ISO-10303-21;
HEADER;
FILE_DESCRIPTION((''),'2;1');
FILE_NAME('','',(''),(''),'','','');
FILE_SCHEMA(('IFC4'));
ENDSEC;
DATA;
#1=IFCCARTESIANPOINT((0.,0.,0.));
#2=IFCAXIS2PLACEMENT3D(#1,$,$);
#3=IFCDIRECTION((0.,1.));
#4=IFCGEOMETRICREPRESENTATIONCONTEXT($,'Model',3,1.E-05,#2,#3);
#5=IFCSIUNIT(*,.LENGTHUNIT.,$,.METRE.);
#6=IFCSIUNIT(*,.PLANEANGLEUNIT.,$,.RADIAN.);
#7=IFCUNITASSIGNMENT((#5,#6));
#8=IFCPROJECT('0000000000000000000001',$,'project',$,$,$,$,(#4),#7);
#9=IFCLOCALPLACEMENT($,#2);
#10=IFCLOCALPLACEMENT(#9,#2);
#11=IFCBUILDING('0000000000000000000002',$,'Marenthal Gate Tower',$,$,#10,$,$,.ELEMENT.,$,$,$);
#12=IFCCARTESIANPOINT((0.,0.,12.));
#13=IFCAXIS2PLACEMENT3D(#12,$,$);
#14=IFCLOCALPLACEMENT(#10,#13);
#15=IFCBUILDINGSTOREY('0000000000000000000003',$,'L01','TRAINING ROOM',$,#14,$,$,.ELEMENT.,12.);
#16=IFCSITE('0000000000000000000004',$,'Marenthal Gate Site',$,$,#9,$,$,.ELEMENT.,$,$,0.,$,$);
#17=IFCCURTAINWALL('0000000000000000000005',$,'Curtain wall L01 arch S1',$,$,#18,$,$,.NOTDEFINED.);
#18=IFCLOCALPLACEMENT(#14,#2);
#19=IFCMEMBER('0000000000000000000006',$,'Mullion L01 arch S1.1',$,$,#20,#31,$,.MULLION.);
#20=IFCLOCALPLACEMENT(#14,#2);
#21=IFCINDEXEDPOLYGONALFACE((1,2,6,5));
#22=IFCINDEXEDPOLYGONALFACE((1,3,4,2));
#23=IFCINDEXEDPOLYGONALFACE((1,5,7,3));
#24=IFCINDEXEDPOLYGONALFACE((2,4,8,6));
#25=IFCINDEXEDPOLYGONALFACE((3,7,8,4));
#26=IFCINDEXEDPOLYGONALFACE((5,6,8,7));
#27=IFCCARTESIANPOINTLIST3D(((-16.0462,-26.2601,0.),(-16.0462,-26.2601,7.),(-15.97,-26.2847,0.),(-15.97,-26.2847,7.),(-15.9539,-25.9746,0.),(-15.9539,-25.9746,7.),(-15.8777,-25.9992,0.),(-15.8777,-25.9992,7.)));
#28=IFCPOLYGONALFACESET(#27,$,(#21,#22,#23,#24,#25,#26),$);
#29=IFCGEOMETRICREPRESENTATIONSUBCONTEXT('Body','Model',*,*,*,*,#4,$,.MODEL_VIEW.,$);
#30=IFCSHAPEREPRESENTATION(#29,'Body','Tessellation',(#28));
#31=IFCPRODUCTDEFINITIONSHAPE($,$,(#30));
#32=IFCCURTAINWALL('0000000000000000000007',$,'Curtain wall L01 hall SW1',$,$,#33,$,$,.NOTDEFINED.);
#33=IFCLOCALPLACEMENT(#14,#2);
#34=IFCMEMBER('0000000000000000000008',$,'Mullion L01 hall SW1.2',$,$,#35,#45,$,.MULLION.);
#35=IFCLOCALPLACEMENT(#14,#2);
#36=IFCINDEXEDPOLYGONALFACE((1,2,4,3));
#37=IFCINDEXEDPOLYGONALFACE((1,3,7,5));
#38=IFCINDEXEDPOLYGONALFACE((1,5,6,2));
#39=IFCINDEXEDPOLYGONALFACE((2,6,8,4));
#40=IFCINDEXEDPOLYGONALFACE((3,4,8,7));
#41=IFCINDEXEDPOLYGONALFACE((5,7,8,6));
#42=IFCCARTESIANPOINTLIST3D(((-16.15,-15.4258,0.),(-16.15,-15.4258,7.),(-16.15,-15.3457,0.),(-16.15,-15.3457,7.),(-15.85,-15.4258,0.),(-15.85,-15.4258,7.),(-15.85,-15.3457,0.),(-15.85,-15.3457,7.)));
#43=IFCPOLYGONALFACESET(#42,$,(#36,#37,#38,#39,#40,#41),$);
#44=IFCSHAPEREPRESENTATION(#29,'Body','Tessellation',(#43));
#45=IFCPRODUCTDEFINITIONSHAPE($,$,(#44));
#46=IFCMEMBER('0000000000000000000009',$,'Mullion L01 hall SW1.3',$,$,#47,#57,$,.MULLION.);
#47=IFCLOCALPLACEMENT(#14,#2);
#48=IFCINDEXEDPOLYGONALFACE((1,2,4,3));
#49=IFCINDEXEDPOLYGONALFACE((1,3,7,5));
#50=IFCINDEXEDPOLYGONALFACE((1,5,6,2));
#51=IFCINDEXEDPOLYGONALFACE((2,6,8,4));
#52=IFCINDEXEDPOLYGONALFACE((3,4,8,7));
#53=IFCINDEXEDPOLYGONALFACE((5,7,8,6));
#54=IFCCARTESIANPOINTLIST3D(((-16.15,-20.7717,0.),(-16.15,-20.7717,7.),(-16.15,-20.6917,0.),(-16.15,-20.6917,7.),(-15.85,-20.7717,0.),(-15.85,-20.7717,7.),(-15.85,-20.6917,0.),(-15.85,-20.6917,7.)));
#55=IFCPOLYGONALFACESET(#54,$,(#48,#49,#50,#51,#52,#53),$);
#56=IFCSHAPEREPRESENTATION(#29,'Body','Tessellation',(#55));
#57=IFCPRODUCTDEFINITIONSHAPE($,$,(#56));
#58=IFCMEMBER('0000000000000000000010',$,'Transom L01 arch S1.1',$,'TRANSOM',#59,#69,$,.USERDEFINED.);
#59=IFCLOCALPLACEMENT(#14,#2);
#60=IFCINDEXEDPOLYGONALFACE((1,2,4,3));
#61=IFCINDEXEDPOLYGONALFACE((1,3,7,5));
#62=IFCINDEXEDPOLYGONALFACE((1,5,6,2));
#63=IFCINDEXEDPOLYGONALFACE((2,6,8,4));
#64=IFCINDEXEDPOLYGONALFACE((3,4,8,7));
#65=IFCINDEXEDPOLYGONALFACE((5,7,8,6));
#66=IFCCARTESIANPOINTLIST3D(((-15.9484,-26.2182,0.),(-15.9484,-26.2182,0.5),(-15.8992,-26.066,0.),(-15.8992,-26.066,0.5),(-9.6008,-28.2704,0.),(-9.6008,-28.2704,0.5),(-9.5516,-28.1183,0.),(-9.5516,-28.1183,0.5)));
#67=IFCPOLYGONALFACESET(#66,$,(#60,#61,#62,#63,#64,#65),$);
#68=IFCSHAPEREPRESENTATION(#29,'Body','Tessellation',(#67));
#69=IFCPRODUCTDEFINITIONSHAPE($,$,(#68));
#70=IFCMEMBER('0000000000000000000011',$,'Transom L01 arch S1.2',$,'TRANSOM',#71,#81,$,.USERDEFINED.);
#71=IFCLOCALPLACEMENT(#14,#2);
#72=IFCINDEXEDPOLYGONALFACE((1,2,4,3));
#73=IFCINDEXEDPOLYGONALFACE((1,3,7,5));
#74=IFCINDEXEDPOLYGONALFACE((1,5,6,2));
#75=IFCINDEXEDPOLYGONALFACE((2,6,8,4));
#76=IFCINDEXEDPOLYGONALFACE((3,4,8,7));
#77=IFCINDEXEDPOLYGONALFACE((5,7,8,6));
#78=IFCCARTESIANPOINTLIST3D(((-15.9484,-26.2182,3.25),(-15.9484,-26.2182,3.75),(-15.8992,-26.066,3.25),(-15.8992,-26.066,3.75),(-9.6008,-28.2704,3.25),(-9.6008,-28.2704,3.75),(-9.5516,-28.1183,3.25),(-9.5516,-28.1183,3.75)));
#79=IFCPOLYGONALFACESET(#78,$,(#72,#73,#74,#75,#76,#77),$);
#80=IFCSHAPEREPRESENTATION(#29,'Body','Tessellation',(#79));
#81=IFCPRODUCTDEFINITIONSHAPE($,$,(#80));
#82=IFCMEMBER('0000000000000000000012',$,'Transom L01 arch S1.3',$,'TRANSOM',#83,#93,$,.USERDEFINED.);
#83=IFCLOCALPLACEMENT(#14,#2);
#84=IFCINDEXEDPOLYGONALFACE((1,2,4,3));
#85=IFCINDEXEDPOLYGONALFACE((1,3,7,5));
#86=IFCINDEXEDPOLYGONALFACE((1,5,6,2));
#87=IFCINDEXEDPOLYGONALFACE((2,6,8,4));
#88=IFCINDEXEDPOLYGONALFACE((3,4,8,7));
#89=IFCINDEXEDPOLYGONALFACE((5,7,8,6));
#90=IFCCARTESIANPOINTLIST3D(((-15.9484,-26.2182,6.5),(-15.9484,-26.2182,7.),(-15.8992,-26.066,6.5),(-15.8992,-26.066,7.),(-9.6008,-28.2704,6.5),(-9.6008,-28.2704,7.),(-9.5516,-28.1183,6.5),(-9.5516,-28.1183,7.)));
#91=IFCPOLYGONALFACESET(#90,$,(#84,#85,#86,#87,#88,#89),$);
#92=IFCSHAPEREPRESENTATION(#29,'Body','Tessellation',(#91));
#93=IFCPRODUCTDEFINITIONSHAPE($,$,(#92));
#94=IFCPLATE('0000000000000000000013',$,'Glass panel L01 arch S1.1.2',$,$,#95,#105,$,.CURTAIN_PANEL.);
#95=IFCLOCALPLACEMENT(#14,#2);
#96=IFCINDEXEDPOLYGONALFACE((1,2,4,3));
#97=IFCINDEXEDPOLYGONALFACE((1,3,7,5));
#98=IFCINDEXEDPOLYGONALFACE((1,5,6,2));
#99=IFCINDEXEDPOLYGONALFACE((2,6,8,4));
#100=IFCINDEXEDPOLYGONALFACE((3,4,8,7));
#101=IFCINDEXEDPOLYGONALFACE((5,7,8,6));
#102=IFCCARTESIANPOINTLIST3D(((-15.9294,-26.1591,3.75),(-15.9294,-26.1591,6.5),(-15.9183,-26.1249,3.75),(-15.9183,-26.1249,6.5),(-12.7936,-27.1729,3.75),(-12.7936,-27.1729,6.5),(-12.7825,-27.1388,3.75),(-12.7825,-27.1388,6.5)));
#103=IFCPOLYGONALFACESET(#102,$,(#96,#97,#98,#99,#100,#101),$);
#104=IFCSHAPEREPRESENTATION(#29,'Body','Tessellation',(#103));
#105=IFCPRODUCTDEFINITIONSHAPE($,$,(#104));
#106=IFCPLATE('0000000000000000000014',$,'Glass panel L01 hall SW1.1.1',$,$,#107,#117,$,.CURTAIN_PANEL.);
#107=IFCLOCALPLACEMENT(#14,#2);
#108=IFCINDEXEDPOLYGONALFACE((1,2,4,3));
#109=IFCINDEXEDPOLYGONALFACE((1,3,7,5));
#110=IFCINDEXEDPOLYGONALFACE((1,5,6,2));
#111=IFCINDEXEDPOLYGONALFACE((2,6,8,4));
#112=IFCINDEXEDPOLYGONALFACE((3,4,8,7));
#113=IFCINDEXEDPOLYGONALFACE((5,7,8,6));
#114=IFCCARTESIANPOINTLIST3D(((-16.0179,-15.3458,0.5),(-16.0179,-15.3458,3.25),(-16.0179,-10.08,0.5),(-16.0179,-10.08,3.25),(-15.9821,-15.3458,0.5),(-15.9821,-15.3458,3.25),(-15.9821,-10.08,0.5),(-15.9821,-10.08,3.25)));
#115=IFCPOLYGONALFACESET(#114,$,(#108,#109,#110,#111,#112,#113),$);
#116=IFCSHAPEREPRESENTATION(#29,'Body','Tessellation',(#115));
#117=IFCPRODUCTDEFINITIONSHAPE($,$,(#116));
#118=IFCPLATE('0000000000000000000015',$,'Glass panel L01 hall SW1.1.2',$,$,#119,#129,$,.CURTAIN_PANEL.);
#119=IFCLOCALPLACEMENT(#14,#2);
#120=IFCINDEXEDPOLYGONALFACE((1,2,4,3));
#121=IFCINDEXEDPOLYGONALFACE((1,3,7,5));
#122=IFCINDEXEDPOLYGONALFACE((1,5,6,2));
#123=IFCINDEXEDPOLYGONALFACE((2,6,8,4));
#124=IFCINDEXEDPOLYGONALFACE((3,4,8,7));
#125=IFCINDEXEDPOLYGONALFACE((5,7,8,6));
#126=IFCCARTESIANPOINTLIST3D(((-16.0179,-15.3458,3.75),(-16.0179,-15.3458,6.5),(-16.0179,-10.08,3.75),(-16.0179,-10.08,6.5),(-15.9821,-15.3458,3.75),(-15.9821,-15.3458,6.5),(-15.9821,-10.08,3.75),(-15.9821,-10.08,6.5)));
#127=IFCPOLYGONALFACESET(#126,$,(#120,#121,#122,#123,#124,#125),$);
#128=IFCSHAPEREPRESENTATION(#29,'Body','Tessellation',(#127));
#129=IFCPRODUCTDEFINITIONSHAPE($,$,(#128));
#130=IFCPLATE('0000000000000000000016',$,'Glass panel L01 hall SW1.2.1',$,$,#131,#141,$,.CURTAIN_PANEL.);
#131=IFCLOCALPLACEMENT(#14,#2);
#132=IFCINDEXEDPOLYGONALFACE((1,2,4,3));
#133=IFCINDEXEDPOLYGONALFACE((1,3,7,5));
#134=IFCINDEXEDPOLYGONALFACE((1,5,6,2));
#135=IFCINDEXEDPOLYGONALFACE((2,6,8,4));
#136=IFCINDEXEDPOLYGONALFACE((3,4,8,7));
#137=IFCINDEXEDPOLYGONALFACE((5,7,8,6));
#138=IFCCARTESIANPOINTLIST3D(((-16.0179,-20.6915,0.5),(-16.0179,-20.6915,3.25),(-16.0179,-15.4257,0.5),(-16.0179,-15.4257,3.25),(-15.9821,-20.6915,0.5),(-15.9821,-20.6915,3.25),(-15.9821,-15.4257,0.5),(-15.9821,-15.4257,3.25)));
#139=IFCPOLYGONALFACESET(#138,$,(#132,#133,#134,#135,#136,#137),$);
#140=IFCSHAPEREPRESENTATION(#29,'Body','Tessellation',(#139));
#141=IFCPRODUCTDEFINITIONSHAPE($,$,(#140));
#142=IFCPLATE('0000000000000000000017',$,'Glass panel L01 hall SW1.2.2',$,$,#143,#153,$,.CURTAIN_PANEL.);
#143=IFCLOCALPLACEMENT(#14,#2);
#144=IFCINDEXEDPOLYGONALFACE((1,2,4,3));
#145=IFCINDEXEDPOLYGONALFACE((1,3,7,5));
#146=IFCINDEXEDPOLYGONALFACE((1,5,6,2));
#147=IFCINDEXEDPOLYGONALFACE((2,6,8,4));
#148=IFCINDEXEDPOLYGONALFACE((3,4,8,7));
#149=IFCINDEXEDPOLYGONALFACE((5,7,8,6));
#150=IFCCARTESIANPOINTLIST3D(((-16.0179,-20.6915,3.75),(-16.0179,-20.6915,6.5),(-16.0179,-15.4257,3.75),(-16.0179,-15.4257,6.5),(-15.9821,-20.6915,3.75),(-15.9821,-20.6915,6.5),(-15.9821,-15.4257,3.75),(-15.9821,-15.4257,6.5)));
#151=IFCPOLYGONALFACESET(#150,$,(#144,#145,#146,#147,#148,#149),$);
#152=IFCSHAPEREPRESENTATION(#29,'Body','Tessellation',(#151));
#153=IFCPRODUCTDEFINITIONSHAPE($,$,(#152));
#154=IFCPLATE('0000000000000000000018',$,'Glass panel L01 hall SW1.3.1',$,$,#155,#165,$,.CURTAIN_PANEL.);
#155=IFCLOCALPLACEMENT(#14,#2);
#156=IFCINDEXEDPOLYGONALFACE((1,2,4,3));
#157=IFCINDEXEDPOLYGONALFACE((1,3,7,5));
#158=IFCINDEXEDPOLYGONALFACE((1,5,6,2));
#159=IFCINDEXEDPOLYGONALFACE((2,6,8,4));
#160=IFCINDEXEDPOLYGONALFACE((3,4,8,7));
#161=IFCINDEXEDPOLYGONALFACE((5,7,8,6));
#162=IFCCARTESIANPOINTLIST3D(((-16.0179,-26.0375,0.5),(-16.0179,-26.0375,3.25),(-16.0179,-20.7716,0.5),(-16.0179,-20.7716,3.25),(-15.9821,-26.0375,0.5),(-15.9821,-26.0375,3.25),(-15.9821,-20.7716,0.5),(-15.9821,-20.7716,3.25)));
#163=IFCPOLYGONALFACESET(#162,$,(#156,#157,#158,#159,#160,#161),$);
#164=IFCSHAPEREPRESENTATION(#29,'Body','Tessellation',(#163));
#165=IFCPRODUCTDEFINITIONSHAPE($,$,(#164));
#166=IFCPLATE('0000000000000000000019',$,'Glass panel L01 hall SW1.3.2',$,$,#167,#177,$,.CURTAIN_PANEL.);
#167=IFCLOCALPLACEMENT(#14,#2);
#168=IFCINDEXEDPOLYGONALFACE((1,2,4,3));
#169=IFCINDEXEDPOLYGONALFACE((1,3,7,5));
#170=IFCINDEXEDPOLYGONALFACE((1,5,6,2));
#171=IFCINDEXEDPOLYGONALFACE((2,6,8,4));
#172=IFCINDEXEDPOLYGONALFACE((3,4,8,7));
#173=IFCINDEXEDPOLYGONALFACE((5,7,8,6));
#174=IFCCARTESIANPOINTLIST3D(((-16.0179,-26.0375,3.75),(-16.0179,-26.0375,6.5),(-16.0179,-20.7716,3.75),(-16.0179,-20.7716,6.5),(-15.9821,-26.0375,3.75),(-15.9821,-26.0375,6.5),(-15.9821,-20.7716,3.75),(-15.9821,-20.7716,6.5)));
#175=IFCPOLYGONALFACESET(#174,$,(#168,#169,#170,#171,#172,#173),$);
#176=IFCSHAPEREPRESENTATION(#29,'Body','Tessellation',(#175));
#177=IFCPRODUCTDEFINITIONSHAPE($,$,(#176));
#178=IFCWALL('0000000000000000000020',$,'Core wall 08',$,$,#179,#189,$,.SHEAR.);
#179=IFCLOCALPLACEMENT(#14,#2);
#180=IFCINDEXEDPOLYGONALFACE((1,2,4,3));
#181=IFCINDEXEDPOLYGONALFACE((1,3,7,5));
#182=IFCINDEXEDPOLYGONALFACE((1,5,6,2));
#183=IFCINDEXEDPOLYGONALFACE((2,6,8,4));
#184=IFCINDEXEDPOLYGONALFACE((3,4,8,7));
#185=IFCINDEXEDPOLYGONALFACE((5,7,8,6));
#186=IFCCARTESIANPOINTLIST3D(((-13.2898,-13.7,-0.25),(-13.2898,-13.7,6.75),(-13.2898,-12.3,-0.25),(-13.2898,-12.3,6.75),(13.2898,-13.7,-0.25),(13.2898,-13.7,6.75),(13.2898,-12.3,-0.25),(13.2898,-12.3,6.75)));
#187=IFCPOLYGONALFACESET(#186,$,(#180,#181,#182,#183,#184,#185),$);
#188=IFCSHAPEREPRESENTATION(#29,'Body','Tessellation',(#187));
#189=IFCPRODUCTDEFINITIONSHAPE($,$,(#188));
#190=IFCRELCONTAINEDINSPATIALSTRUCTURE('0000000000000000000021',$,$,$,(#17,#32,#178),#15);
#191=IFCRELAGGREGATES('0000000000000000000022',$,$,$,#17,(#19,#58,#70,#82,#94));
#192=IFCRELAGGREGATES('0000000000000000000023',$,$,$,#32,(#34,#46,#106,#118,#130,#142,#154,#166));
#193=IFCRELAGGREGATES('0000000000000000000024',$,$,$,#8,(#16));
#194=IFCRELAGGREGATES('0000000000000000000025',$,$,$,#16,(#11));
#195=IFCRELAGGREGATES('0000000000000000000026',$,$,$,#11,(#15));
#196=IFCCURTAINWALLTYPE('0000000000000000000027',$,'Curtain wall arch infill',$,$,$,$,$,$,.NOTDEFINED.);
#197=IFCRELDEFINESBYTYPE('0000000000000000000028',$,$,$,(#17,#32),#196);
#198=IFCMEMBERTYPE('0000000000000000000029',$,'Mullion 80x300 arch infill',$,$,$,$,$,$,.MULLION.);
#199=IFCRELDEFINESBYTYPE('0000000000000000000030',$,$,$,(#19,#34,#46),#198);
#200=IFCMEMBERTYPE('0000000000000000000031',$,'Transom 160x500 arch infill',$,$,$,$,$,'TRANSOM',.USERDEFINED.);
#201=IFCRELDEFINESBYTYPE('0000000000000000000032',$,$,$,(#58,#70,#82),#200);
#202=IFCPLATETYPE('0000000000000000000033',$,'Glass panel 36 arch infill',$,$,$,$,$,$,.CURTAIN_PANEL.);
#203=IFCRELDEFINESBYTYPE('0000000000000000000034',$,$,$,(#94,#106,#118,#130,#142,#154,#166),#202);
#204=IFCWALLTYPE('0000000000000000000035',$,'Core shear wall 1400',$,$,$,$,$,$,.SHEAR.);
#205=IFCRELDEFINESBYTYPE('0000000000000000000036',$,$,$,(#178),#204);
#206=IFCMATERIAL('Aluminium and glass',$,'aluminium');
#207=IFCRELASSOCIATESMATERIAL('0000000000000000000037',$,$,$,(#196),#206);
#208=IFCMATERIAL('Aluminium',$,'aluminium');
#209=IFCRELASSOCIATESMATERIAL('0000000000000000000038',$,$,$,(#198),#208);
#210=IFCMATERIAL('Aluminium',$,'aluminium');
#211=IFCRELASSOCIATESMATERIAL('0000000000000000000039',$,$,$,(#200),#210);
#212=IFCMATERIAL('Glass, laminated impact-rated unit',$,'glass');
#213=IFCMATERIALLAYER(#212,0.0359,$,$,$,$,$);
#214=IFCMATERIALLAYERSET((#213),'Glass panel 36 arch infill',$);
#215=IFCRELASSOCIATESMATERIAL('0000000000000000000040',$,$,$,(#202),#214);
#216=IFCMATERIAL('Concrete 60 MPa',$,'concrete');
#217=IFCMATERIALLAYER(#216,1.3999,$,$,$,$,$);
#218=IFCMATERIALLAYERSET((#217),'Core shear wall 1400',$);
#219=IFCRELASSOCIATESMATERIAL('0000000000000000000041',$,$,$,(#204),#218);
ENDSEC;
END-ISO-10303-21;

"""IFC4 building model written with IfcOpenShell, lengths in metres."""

from ifc_helpers import new_model, si_unit, direction, frame, frame_2d, origin, origin_2d, place, context, subcontext, project, spatial, rectangle, extrude, material, layer, layer_set, material_profile, profile_set, type_object, element, aggregate, save


model = new_model("IFC4")

# Units and contexts
model_context = context("Model", 3, precision=1e-05, world=origin(), true_north=direction((0.0, 1.0)))
body_context = subcontext(model_context, "Body", "Model", "MODEL_VIEW")
ifc_project = project(units=[si_unit("LENGTHUNIT", "METRE"), si_unit("PLANEANGLEUNIT", "RADIAN")], contexts=[model_context])

# Site, building, storey
site_placement = place(None, origin())
site = spatial("IfcSite", under=ifc_project, at=site_placement, Name="Marenthal Gate Site", CompositionType="ELEMENT", RefElevation=0.0)
building_placement = place(site_placement, origin())
building = spatial("IfcBuilding", under=site, at=building_placement, Name="Marenthal Gate Tower", CompositionType="ELEMENT")
storey_placement = place(building_placement, frame((0.0, 0.0, 12.0)))
storey = spatial("IfcBuildingStorey", under=building, at=storey_placement, Name="L01", Description="TRAINING ROOM", CompositionType="ELEMENT", Elevation=12.0)

# Curtain wall, member
ifc_material_1 = material(Name="Aluminium and glass", Category="aluminium")
curtain_wall_type = type_object("IfcCurtainWallType", Name="Curtain wall arch infill", PredefinedType="NOTDEFINED", material=ifc_material_1)
curtain_wall_1_placement = place(storey_placement, origin())
curtain_wall_1 = element("IfcCurtainWall", 1, at=curtain_wall_1_placement, inside=storey, type_object=curtain_wall_type, Name="Curtain wall L01 arch S1", PredefinedType="NOTDEFINED")
ifc_material_2 = material(Name="Aluminium", Category="aluminium")
ifc_material_profile_1 = material_profile(ifc_material_2, rectangle(XDim=0.3, YDim=0.0801, at=origin_2d()), Name="80x300 aluminium mullion")
ifc_profile_set_1 = profile_set([ifc_material_profile_1], Name="Aluminium")
member_type_1 = type_object("IfcMemberType", Name="Mullion 80x300 arch infill", PredefinedType="MULLION", material=ifc_profile_set_1)
member_1_placement = place(storey_placement, frame((-15.9619, -26.1296, 0.0), z_axis=(0.0, 0.0, 1.0), x_axis=(0.307641, 0.951502, 0.0)))
member_1 = element("IfcMember", 2, at=member_1_placement, type_object=member_type_1, Name="Mullion L01 arch S1.1", PredefinedType="MULLION", context=body_context, shape_type="SweptSolid", body=[
    extrude(rectangle(XDim=0.3, YDim=0.0801, at=origin_2d()), origin(), (0.0, 0.0, 1.0), 7.0),
])

# Curtain wall, members
curtain_wall_2_placement = place(storey_placement, origin())
curtain_wall_2 = element("IfcCurtainWall", 3, at=curtain_wall_2_placement, inside=storey, type_object=curtain_wall_type, Name="Curtain wall L01 hall SW1", PredefinedType="NOTDEFINED")
member_2_placement = place(storey_placement, frame((-16.0, -15.3857, 0.0), z_axis=(0.0, 0.0, 1.0), x_axis=(1.0, 0.0, 0.0)))
member_2 = element("IfcMember", 4, at=member_2_placement, type_object=member_type_1, Name="Mullion L01 hall SW1.2", PredefinedType="MULLION", context=body_context, shape_type="SweptSolid", body=[
    extrude(rectangle(XDim=0.3, YDim=0.0801, at=origin_2d()), origin(), (0.0, 0.0, 1.0), 7.0),
])
member_3_placement = place(storey_placement, frame((-16.0, -20.7317, 0.0), z_axis=(0.0, 0.0, 1.0), x_axis=(1.0, 0.0, 0.0)))
member_3 = element("IfcMember", 5, at=member_3_placement, type_object=member_type_1, Name="Mullion L01 hall SW1.3", PredefinedType="MULLION", context=body_context, shape_type="SweptSolid", body=[
    extrude(rectangle(XDim=0.3, YDim=0.0801, at=origin_2d()), origin(), (0.0, 0.0, 1.0), 7.0),
])

# Members
ifc_material_3 = material(Name="Aluminium", Category="aluminium")
ifc_material_profile_2 = material_profile(ifc_material_3, rectangle(XDim=0.1599, YDim=0.5, at=origin_2d()), Name="160x500 aluminium transom")
ifc_profile_set_2 = profile_set([ifc_material_profile_2], Name="Aluminium")
member_type_2 = type_object("IfcMemberType", Name="Transom 160x500 arch infill", ElementType="TRANSOM", PredefinedType="USERDEFINED", material=ifc_profile_set_2)
member_4_placement = place(storey_placement, frame((-15.9238, -26.1421, 0.25), z_axis=(0.951506, -0.307629, 0.0), x_axis=(0.307629, 0.951506, 0.0)))
member_4 = element("IfcMember", 6, at=member_4_placement, type_object=member_type_2, Name="Transom L01 arch S1.1", ObjectType="TRANSOM", PredefinedType="USERDEFINED", context=body_context, shape_type="SweptSolid", body=[
    extrude(rectangle(XDim=0.1599, YDim=0.5, at=origin_2d()), origin(), (0.0, 0.0, 1.0), 6.6711),
])
member_5_placement = place(storey_placement, frame((-15.9238, -26.1421, 3.5), z_axis=(0.951506, -0.307629, 0.0), x_axis=(0.307629, 0.951506, 0.0)))
member_5 = element("IfcMember", 7, at=member_5_placement, type_object=member_type_2, Name="Transom L01 arch S1.2", ObjectType="TRANSOM", PredefinedType="USERDEFINED", context=body_context, shape_type="SweptSolid", body=[
    extrude(rectangle(XDim=0.1599, YDim=0.5, at=origin_2d()), origin(), (0.0, 0.0, 1.0), 6.6711),
])
member_6_placement = place(storey_placement, frame((-15.9238, -26.1421, 6.75), z_axis=(0.951506, -0.307629, 0.0), x_axis=(0.307629, 0.951506, 0.0)))
member_6 = element("IfcMember", 8, at=member_6_placement, type_object=member_type_2, Name="Transom L01 arch S1.3", ObjectType="TRANSOM", PredefinedType="USERDEFINED", context=body_context, shape_type="SweptSolid", body=[
    extrude(rectangle(XDim=0.1599, YDim=0.5, at=origin_2d()), origin(), (0.0, 0.0, 1.0), 6.6711),
])

# Plates
ifc_material_4 = material(Name="Glass, laminated impact-rated unit", Category="glass")
ifc_layer_1 = layer(ifc_material_4, 0.0359)
ifc_layer_set_1 = layer_set([ifc_layer_1], Name="Glass panel 36 arch infill")
plate_type = type_object("IfcPlateType", Name="Glass panel 36 arch infill", PredefinedType="CURTAIN_PANEL", material=ifc_layer_set_1)
plate_1_placement = place(storey_placement, frame((-14.356, -26.6489, 3.75), z_axis=(0.0, 0.0, 1.0), x_axis=(0.951502, -0.307641, 0.0)))
plate_1 = element("IfcPlate", 9, at=plate_1_placement, type_object=plate_type, Name="Glass panel L01 arch S1.1.2", PredefinedType="CURTAIN_PANEL", context=body_context, shape_type="SweptSolid", body=[
    extrude(rectangle(XDim=3.2957, YDim=0.0359, at=origin_2d()), origin(), (0.0, 0.0, 1.0), 2.75),
])
aggregate(curtain_wall_1, [member_1, member_4, member_5, member_6, plate_1])
plate_2_placement = place(storey_placement, frame((-16.0, -12.7129, 0.5), z_axis=(0.0, 0.0, 1.0), x_axis=(0.0, -1.0, 0.0)))
plate_2 = element("IfcPlate", 10, at=plate_2_placement, type_object=plate_type, Name="Glass panel L01 hall SW1.1.1", PredefinedType="CURTAIN_PANEL", context=body_context, shape_type="SweptSolid", body=[
    extrude(rectangle(XDim=5.2659, YDim=0.0359, at=origin_2d()), origin(), (0.0, 0.0, 1.0), 2.75),
])
plate_3_placement = place(storey_placement, frame((-16.0, -12.7129, 3.75), z_axis=(0.0, 0.0, 1.0), x_axis=(0.0, -1.0, 0.0)))
plate_3 = element("IfcPlate", 11, at=plate_3_placement, type_object=plate_type, Name="Glass panel L01 hall SW1.1.2", PredefinedType="CURTAIN_PANEL", context=body_context, shape_type="SweptSolid", body=[
    extrude(rectangle(XDim=5.2659, YDim=0.0359, at=origin_2d()), origin(), (0.0, 0.0, 1.0), 2.75),
])
plate_4_placement = place(storey_placement, frame((-16.0, -18.0586, 0.5), z_axis=(0.0, 0.0, 1.0), x_axis=(0.0, -1.0, 0.0)))
plate_4 = element("IfcPlate", 12, at=plate_4_placement, type_object=plate_type, Name="Glass panel L01 hall SW1.2.1", PredefinedType="CURTAIN_PANEL", context=body_context, shape_type="SweptSolid", body=[
    extrude(rectangle(XDim=5.2659, YDim=0.0359, at=origin_2d()), origin(), (0.0, 0.0, 1.0), 2.75),
])
plate_5_placement = place(storey_placement, frame((-16.0, -18.0586, 3.75), z_axis=(0.0, 0.0, 1.0), x_axis=(0.0, -1.0, 0.0)))
plate_5 = element("IfcPlate", 13, at=plate_5_placement, type_object=plate_type, Name="Glass panel L01 hall SW1.2.2", PredefinedType="CURTAIN_PANEL", context=body_context, shape_type="SweptSolid", body=[
    extrude(rectangle(XDim=5.2659, YDim=0.0359, at=origin_2d()), origin(), (0.0, 0.0, 1.0), 2.75),
])
plate_6_placement = place(storey_placement, frame((-16.0, -23.4045, 0.5), z_axis=(0.0, 0.0, 1.0), x_axis=(0.0, -1.0, 0.0)))
plate_6 = element("IfcPlate", 14, at=plate_6_placement, type_object=plate_type, Name="Glass panel L01 hall SW1.3.1", PredefinedType="CURTAIN_PANEL", context=body_context, shape_type="SweptSolid", body=[
    extrude(rectangle(XDim=5.2659, YDim=0.0359, at=origin_2d()), origin(), (0.0, 0.0, 1.0), 2.75),
])
plate_7_placement = place(storey_placement, frame((-16.0, -23.4045, 3.75), z_axis=(0.0, 0.0, 1.0), x_axis=(0.0, -1.0, 0.0)))
plate_7 = element("IfcPlate", 15, at=plate_7_placement, type_object=plate_type, Name="Glass panel L01 hall SW1.3.2", PredefinedType="CURTAIN_PANEL", context=body_context, shape_type="SweptSolid", body=[
    extrude(rectangle(XDim=5.2659, YDim=0.0359, at=origin_2d()), origin(), (0.0, 0.0, 1.0), 2.75),
])
aggregate(curtain_wall_2, [member_2, member_3, plate_2, plate_3, plate_4, plate_5, plate_6, plate_7])

# Wall
ifc_material_5 = material(Name="Concrete 60 MPa", Category="concrete")
ifc_layer_2 = layer(ifc_material_5, 1.3999)
ifc_layer_set_2 = layer_set([ifc_layer_2], Name="Core shear wall 1400")
wall_type = type_object("IfcWallType", Name="Core shear wall 1400", PredefinedType="SHEAR", material=ifc_layer_set_2)
wall_placement = place(storey_placement, frame((-13.2898, -13.0, -0.25), z_axis=(0.0, 0.0, 1.0), x_axis=(1.0, 0.0, 0.0)))
element("IfcWall", 16, at=wall_placement, inside=storey, type_object=wall_type, Name="Core wall 08", PredefinedType="SHEAR", context=body_context, shape_type="SweptSolid", body=[
    extrude(rectangle(XDim=26.5796, YDim=1.3999, at=frame_2d((13.2898, 0.0))), origin(), (0.0, 0.0, 1.0), 7.0),
])

save(model, "model.ifc")
